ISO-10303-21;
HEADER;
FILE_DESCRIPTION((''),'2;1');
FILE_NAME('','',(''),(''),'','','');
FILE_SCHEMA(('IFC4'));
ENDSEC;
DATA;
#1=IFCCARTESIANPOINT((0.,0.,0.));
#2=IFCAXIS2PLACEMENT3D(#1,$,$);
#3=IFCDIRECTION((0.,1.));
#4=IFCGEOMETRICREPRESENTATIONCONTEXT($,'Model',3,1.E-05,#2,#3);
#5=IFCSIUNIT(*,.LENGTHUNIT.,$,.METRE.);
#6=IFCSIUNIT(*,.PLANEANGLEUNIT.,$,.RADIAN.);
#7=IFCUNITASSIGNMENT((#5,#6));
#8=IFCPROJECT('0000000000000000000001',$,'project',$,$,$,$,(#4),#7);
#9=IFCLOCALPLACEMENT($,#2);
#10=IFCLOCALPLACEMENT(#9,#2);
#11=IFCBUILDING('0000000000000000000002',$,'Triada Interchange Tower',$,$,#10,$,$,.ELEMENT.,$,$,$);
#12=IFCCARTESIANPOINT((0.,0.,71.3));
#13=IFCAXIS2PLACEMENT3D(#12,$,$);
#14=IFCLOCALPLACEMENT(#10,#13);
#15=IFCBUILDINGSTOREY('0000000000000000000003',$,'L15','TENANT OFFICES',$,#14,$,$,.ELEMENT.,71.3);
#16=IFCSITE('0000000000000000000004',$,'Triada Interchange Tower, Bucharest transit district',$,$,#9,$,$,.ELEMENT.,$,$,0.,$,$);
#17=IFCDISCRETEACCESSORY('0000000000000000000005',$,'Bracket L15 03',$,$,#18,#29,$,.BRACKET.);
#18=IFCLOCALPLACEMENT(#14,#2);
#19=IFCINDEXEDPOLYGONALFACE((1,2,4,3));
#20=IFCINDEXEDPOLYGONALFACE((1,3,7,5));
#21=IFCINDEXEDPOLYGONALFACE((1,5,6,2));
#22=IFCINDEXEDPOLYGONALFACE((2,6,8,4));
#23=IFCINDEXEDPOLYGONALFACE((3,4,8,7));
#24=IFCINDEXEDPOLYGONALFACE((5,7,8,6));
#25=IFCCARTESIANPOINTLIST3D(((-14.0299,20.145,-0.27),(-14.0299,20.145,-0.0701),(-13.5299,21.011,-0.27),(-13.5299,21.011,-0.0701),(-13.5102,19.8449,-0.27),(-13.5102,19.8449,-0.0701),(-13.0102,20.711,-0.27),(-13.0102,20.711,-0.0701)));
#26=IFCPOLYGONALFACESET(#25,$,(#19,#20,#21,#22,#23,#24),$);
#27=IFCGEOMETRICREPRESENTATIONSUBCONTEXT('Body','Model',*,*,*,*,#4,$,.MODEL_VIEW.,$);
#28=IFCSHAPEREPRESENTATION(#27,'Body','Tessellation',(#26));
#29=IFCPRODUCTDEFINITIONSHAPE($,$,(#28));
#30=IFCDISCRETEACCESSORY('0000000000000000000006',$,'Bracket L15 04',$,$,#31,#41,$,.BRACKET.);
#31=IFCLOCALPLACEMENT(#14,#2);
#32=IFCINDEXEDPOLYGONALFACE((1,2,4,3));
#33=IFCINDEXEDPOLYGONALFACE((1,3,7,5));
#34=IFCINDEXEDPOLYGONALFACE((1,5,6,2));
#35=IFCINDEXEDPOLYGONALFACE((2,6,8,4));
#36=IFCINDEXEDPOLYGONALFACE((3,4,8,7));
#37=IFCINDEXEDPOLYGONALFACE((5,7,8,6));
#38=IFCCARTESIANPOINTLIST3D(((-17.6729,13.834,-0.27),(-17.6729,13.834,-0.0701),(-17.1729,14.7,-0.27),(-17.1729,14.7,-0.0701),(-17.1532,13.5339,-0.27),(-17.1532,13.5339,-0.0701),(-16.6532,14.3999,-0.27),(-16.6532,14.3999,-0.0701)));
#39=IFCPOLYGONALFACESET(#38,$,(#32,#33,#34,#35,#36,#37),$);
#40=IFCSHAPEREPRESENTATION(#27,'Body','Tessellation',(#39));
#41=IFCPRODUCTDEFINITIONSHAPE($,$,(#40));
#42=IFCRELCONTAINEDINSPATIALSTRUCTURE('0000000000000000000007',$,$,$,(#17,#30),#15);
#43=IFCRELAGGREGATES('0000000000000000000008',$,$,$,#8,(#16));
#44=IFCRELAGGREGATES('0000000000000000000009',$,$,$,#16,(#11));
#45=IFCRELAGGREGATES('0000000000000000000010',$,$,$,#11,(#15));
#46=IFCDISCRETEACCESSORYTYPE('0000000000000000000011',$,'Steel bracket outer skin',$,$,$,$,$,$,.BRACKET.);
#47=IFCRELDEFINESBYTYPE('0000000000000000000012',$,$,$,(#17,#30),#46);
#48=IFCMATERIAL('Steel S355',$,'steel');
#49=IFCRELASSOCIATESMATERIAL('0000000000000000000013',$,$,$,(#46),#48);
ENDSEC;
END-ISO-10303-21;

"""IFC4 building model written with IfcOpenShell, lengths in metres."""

from ifc_helpers import new_model, si_unit, direction, frame, origin, origin_2d, place, context, subcontext, project, spatial, rectangle, extrude, material, type_object, element, save


model = new_model("IFC4")

# Units and contexts
model_context = context("Model", 3, precision=1e-05, world=origin(), true_north=direction((0.0, 1.0)))
body_context = subcontext(model_context, "Body", "Model", "MODEL_VIEW")
ifc_project = project(units=[si_unit("LENGTHUNIT", "METRE"), si_unit("PLANEANGLEUNIT", "RADIAN")], contexts=[model_context])

# Site, building, storey
site_placement = place(None, origin())
site = spatial("IfcSite", under=ifc_project, at=site_placement, Name="Triada Interchange Tower, Bucharest transit district", CompositionType="ELEMENT", RefElevation=0.0)
building_placement = place(site_placement, origin())
building = spatial("IfcBuilding", under=site, at=building_placement, Name="Triada Interchange Tower", CompositionType="ELEMENT")
storey_placement = place(building_placement, frame((0.0, 0.0, 71.3)))
storey = spatial("IfcBuildingStorey", under=building, at=storey_placement, Name="L15", Description="TENANT OFFICES", CompositionType="ELEMENT", Elevation=71.3)

# Discrete accessories
ifc_material_1 = material(Name="Steel S355", Category="steel")
discrete_accessory_type = type_object("IfcDiscreteAccessoryType", Name="Steel bracket outer skin", PredefinedType="BRACKET", material=ifc_material_1)
for number, where, z_axis, x_axis, name in (
    (1, (-13.52, 20.428, -0.27), (0.0, 0.0, 1.0), (-0.866027, 0.499997, 0.0), "Bracket L15 03"),
    (2, (-17.1631, 14.1169, -0.27), (0.0, 0.0, 1.0), (-0.866027, 0.499997, 0.0), "Bracket L15 04"),
):
    element("IfcDiscreteAccessory", number, at=place(storey_placement, frame(where, z_axis=z_axis, x_axis=x_axis)), inside=storey, type_object=discrete_accessory_type, Name=name, PredefinedType="BRACKET", context=body_context, shape_type="SweptSolid", body=[
        extrude(rectangle(XDim=0.6001, YDim=1.0, at=origin_2d()), origin(), (0.0, 0.0, 1.0), 0.2),
    ])

save(model, "model.ifc")
